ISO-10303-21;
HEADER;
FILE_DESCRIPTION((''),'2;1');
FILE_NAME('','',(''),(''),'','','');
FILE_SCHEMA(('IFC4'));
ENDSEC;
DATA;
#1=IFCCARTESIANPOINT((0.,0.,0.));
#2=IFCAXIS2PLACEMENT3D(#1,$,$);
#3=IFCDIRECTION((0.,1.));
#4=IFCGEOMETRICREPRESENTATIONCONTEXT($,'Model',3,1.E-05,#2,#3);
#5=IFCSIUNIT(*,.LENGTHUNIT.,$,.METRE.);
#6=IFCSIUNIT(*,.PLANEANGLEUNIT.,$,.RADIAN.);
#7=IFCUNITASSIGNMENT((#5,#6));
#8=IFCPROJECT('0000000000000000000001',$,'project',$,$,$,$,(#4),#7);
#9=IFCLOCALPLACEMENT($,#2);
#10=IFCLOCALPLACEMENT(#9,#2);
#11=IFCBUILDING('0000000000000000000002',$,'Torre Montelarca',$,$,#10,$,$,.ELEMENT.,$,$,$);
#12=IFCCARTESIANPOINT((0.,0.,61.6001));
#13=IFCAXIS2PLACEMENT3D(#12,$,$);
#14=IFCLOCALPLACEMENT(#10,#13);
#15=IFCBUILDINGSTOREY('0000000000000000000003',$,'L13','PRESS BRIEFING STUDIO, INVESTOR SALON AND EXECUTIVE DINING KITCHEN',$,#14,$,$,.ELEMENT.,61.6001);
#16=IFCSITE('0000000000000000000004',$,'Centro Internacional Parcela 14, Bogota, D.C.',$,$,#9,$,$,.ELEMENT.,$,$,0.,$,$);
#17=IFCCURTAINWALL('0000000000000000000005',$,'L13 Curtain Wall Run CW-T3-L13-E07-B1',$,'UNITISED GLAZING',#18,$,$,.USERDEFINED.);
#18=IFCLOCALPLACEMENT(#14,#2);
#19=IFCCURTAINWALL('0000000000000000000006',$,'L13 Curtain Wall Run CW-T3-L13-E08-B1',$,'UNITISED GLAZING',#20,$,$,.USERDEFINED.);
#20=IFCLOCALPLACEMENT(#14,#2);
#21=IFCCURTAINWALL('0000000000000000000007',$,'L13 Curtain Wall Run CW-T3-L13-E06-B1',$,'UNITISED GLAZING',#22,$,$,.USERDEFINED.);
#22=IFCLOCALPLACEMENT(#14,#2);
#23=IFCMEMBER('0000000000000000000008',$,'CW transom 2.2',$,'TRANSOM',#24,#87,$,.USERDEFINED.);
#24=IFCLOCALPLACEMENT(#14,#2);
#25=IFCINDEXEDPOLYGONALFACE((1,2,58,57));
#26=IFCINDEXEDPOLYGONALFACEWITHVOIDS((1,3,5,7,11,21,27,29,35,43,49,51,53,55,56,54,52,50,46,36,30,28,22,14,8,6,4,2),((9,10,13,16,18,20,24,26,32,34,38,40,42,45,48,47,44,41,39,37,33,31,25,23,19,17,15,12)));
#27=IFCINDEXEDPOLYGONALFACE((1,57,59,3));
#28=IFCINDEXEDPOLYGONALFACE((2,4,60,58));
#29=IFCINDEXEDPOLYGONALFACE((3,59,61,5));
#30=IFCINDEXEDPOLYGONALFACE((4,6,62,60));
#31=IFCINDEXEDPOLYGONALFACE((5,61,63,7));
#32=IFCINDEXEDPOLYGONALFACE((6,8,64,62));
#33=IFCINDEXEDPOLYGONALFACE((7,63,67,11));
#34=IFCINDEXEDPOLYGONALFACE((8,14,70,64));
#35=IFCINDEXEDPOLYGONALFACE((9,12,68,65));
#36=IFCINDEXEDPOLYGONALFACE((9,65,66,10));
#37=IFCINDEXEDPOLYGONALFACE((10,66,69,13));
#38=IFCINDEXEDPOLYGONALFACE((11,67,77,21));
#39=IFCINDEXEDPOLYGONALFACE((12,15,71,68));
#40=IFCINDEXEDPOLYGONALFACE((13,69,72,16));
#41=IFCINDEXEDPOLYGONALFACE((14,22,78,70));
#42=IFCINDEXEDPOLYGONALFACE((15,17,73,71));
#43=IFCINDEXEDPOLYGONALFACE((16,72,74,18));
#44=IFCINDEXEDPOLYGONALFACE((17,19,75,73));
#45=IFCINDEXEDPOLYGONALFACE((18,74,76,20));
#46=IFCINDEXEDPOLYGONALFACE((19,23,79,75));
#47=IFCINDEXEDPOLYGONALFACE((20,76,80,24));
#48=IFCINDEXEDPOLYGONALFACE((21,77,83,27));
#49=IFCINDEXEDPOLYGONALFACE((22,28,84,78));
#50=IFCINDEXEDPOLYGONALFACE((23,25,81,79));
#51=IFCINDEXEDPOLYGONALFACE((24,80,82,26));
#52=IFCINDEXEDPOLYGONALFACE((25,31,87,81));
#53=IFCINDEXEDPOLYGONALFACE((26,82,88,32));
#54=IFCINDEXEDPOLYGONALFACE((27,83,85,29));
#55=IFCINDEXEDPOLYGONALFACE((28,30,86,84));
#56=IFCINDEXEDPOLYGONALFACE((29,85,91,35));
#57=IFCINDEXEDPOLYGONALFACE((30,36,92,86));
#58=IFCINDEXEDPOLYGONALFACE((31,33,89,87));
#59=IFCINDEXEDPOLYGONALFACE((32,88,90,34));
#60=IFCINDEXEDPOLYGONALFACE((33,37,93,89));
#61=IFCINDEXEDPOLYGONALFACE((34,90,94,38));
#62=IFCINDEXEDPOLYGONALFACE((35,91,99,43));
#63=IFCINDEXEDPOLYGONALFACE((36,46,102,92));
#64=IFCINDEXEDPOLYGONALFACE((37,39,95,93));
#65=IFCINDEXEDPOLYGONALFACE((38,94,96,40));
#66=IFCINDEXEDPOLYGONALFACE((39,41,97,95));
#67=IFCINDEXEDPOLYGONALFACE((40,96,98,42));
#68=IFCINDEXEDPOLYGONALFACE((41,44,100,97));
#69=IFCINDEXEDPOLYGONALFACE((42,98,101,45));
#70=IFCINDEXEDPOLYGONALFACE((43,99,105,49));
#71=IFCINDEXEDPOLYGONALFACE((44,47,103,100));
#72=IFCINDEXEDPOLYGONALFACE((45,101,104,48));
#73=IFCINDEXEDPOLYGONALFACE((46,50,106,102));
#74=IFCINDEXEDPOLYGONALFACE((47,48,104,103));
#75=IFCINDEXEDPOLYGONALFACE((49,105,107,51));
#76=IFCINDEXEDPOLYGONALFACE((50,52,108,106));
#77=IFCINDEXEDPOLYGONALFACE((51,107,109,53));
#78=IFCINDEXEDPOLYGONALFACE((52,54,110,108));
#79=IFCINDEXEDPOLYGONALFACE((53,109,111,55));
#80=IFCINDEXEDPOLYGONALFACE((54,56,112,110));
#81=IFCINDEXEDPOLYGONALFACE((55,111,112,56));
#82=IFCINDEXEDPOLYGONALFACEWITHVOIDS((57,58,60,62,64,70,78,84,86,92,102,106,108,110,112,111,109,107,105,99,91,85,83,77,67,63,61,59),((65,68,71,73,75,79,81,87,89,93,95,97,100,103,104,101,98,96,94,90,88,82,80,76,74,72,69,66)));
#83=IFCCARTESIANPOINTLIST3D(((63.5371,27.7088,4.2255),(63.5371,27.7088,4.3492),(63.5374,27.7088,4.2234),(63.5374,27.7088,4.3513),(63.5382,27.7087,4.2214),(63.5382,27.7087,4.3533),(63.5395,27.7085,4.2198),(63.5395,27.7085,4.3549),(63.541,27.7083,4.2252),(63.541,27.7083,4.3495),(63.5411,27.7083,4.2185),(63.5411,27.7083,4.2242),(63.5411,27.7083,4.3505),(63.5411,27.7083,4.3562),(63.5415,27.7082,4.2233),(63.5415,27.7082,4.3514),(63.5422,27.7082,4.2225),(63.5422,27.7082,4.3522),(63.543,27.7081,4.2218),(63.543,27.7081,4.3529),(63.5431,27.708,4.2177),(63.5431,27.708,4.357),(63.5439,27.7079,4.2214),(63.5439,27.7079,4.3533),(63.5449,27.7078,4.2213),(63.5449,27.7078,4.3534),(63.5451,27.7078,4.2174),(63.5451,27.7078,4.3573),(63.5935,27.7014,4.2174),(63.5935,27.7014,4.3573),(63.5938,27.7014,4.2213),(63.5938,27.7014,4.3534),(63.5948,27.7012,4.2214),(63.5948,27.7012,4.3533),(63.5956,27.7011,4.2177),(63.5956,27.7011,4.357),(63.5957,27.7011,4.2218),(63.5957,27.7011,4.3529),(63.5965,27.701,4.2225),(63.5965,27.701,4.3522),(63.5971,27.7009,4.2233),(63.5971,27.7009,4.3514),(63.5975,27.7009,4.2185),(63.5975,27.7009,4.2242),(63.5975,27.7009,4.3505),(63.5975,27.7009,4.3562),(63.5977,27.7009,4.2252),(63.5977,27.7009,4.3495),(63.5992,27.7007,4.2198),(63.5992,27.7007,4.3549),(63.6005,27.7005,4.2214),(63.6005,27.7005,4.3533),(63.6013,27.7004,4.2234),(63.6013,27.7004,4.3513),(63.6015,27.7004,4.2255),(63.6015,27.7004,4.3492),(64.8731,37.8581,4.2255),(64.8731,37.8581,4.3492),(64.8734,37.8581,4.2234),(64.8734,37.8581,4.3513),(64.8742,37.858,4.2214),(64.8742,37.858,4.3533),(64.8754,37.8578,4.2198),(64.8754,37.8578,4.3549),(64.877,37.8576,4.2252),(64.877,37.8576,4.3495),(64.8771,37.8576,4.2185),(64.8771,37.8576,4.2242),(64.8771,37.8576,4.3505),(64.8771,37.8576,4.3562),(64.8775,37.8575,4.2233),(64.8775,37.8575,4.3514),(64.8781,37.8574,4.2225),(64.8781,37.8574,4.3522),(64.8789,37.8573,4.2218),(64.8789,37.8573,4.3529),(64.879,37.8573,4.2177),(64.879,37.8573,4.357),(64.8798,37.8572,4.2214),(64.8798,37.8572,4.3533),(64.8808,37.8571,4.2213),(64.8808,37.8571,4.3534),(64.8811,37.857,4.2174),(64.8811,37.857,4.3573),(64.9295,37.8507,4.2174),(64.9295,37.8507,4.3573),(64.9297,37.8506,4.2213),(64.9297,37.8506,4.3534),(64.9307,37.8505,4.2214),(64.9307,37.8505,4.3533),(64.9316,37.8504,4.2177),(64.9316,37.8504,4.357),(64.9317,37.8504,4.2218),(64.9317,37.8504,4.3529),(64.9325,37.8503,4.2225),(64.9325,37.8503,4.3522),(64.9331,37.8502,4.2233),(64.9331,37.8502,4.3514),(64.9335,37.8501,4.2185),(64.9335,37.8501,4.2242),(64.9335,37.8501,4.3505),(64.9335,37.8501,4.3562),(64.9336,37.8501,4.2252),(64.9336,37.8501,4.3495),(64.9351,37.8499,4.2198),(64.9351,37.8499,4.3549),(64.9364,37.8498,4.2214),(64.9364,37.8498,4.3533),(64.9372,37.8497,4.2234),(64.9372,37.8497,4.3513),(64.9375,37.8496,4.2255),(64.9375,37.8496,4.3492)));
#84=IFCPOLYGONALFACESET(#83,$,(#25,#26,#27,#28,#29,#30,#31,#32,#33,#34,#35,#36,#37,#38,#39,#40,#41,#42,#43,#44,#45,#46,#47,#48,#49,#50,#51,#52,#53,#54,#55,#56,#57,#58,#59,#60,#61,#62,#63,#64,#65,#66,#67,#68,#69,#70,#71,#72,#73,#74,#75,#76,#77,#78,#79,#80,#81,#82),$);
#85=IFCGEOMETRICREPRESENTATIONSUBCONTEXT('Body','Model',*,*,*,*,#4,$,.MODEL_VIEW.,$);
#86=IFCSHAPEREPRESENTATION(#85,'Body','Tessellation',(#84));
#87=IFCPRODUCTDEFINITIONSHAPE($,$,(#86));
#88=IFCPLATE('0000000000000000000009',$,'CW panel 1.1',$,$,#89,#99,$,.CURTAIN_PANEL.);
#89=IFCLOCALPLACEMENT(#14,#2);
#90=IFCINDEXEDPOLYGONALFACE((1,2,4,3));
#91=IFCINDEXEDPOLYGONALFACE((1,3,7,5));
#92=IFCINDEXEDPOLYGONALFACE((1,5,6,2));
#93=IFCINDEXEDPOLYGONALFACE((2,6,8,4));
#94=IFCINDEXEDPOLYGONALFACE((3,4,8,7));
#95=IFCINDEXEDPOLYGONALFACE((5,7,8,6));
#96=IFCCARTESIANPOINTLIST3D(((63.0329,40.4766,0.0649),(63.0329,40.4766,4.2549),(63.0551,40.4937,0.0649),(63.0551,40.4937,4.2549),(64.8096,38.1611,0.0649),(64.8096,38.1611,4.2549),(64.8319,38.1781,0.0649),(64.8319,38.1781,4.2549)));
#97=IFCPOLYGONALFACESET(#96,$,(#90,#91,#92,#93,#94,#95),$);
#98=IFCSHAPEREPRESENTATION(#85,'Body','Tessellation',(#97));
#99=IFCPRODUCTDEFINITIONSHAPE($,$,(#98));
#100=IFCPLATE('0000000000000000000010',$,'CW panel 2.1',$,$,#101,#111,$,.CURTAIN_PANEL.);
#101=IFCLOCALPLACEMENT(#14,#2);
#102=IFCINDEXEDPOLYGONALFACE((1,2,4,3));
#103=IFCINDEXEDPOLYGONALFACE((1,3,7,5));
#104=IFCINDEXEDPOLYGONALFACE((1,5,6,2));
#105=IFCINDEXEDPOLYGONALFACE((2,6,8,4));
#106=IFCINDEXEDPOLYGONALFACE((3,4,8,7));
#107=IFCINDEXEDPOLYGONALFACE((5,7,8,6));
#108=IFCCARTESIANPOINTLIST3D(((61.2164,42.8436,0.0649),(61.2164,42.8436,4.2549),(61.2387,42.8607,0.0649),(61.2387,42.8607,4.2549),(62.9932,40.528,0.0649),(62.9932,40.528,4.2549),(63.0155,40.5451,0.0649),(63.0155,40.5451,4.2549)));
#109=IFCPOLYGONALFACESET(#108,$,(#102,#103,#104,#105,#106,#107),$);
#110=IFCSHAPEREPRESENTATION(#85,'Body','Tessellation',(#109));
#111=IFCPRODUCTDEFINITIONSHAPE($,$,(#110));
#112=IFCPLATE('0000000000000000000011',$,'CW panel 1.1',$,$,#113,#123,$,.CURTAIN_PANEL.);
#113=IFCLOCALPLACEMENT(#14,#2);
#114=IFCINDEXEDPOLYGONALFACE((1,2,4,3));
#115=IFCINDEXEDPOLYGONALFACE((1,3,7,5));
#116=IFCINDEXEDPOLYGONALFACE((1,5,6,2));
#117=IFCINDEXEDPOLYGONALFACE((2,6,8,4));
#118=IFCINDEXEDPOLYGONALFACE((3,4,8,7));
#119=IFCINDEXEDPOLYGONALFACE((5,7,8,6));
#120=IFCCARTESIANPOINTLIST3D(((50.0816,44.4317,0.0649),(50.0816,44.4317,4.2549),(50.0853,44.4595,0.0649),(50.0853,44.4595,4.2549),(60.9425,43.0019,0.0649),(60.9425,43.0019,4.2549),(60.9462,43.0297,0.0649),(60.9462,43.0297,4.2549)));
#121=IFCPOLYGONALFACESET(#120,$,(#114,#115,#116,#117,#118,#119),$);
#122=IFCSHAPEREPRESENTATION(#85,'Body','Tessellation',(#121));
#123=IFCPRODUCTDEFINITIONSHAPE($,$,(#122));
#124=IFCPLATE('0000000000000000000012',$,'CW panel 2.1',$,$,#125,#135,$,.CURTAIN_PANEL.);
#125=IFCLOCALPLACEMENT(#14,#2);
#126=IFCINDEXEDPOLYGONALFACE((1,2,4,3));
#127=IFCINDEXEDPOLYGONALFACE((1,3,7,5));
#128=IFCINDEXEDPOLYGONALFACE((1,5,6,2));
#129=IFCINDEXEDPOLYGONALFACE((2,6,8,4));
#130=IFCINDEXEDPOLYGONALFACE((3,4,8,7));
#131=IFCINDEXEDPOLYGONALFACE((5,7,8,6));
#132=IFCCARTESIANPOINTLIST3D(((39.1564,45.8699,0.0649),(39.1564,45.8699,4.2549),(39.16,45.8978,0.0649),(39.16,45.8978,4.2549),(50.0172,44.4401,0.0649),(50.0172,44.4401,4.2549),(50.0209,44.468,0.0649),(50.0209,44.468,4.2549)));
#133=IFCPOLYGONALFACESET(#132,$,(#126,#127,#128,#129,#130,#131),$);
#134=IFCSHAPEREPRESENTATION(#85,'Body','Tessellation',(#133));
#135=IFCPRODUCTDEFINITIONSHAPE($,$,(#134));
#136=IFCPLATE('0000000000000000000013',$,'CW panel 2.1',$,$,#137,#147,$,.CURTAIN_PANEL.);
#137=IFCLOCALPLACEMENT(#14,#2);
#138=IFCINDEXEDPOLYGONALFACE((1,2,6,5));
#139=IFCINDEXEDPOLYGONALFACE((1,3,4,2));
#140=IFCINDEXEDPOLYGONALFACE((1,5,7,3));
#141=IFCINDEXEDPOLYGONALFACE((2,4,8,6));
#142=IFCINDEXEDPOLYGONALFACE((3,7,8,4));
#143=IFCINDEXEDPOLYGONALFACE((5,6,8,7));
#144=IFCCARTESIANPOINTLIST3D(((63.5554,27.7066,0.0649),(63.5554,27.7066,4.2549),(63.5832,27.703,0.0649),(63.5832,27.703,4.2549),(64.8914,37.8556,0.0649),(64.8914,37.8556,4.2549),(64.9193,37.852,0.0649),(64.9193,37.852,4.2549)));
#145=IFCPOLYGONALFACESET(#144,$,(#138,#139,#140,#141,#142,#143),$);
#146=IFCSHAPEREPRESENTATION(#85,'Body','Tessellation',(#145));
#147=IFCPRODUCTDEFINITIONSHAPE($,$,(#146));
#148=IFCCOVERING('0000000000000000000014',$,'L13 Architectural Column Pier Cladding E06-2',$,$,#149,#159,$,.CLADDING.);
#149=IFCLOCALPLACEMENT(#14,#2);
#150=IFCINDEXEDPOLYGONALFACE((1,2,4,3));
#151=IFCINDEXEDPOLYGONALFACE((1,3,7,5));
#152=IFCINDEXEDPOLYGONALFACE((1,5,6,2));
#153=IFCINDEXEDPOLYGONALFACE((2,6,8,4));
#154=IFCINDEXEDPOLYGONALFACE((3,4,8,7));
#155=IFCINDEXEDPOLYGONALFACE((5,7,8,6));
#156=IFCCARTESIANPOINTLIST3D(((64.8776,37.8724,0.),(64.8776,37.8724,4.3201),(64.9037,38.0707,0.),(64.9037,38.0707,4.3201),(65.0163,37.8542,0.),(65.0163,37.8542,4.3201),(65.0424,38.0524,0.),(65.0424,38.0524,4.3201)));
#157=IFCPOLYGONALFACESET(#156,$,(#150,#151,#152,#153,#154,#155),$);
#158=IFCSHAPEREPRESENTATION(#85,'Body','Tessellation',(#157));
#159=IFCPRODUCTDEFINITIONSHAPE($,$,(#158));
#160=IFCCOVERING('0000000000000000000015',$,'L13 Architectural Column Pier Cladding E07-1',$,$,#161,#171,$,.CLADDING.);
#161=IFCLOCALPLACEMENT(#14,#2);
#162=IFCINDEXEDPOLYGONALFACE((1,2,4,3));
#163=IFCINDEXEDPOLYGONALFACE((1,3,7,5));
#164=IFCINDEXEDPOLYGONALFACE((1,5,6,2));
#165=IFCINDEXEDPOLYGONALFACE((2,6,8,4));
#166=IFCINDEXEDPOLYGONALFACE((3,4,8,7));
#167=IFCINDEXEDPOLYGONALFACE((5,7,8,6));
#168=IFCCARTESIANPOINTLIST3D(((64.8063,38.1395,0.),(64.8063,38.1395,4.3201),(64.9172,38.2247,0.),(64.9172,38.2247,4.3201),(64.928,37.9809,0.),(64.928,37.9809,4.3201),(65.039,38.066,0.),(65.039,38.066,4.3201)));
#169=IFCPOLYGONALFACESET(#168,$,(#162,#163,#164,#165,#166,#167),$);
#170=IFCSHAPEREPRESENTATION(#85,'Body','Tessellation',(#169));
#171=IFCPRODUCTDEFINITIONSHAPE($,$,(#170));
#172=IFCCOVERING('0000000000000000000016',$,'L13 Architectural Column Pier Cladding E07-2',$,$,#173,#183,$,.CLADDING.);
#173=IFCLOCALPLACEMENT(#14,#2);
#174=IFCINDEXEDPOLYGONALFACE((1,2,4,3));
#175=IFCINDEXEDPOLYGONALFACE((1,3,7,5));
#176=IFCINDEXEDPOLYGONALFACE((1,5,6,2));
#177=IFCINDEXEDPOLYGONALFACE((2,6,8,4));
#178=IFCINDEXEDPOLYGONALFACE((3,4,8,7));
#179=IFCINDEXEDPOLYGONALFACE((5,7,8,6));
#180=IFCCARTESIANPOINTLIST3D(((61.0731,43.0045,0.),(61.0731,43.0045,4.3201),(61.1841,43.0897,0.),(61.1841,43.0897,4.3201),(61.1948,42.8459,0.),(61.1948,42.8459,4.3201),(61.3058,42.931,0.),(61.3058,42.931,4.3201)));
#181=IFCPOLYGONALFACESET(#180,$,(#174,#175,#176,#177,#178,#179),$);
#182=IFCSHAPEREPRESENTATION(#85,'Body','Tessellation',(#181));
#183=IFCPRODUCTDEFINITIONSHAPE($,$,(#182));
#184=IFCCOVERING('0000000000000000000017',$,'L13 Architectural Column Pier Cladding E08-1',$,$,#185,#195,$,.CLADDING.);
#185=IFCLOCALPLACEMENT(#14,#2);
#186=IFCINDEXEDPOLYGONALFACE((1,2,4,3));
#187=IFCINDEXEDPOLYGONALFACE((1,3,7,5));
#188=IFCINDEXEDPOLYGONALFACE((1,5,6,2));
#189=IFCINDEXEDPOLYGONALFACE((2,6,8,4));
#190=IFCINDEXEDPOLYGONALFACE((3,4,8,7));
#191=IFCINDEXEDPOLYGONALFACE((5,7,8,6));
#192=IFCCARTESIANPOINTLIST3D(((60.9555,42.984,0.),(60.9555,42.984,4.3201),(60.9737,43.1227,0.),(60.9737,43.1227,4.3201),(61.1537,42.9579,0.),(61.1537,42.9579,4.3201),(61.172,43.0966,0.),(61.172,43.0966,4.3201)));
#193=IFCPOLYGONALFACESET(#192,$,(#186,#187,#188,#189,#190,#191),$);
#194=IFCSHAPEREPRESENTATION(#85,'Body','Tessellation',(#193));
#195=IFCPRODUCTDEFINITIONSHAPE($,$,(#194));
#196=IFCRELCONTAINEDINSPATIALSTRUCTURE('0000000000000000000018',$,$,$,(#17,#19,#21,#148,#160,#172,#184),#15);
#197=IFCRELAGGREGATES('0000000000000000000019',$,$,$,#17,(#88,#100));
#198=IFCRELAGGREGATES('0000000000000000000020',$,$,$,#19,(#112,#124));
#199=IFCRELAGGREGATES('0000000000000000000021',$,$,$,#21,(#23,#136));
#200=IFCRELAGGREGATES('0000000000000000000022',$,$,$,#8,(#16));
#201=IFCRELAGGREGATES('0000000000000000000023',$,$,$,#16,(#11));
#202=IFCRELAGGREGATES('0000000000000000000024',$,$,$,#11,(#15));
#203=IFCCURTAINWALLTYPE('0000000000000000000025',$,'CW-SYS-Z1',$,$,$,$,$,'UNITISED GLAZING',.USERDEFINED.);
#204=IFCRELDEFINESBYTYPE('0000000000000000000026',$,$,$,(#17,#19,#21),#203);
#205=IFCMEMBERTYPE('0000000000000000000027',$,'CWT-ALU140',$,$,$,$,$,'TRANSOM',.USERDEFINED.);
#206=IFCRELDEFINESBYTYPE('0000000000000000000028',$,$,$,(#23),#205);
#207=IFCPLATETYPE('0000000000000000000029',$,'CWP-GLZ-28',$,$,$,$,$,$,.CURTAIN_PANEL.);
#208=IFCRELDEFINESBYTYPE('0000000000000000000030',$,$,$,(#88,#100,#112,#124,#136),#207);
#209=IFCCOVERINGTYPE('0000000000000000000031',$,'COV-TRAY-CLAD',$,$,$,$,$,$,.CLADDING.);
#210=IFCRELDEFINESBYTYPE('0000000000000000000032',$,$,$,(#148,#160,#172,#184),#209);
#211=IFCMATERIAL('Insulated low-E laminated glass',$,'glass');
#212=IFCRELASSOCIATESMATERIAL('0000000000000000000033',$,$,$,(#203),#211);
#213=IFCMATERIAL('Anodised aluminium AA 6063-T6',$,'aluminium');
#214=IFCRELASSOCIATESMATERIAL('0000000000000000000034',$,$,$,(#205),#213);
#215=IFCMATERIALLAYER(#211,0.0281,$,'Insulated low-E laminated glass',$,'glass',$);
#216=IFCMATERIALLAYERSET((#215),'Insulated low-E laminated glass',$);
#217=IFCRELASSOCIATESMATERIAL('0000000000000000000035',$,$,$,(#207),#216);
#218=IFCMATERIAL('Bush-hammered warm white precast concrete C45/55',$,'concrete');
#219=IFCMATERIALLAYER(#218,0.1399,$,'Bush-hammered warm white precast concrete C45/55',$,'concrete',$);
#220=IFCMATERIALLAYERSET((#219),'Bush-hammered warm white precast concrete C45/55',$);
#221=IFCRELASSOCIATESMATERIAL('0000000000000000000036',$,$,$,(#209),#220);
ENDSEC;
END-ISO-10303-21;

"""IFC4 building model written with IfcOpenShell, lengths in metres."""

from ifc_helpers import new_model, si_unit, direction, frame, origin, origin_2d, place, context, subcontext, project, spatial, rectangle, hollow_rectangle, extrude, source, transform, mapped, material, layer, layer_set, material_profile, profile_set, type_object, element, aggregate, save


model = new_model("IFC4")

# Units and contexts
model_context = context("Model", 3, precision=1e-05, world=origin(), true_north=direction((0.0, 1.0)))
body_context = subcontext(model_context, "Body", "Model", "MODEL_VIEW")
ifc_project = project(units=[si_unit("LENGTHUNIT", "METRE"), si_unit("PLANEANGLEUNIT", "RADIAN")], contexts=[model_context])

# Site, building, storey
site_placement = place(None, origin())
site = spatial("IfcSite", under=ifc_project, at=site_placement, Name="Centro Internacional Parcela 14, Bogota, D.C.", CompositionType="ELEMENT", RefElevation=0.0)
building_placement = place(site_placement, origin())
building = spatial("IfcBuilding", under=site, at=building_placement, Name="Torre Montelarca", CompositionType="ELEMENT")
storey_placement = place(building_placement, frame((0.0, 0.0, 61.6001)))
storey = spatial("IfcBuildingStorey", under=building, at=storey_placement, Name="L13", Description="PRESS BRIEFING STUDIO, INVESTOR SALON AND EXECUTIVE DINING KITCHEN", CompositionType="ELEMENT", Elevation=61.6001)

# Curtain walls
ifc_material_1 = material(Name="Insulated low-E laminated glass", Category="glass")
curtain_wall_type = type_object("IfcCurtainWallType", Name="CW-SYS-Z1", ElementType="UNITISED GLAZING", PredefinedType="USERDEFINED", material=ifc_material_1)
curtain_wall_1_placement = place(storey_placement, origin())
curtain_wall_1 = element("IfcCurtainWall", 1, at=curtain_wall_1_placement, inside=storey, type_object=curtain_wall_type, Name="L13 Curtain Wall Run CW-T3-L13-E07-B1", ObjectType="UNITISED GLAZING", PredefinedType="USERDEFINED")
ifc_material_2 = material(Name="Anodised aluminium AA 6063-T6", Category="aluminium")
ifc_material_profile_1 = material_profile(ifc_material_2, hollow_rectangle(XDim=0.0649, YDim=0.1399, WallThickness=0.0039, InnerFilletRadius=0.0039, OuterFilletRadius=0.0081, at=origin_2d()), Name="ALU65X140X4", Category="aluminium")
ifc_profile_set_1 = profile_set([ifc_material_profile_1], Name="Anodised aluminium AA 6063-T6")
member_type_1 = type_object("IfcMemberType", Name="CWT-ALU140", ElementType="TRANSOM", PredefinedType="USERDEFINED", material=ifc_profile_set_1)
curtain_wall_2_placement = place(storey_placement, origin())
curtain_wall_2 = element("IfcCurtainWall", 2, at=curtain_wall_2_placement, inside=storey, type_object=curtain_wall_type, Name="L13 Curtain Wall Run CW-T3-L13-E08-B1", ObjectType="UNITISED GLAZING", PredefinedType="USERDEFINED")
curtain_wall_3_placement = place(storey_placement, origin())
curtain_wall_3 = element("IfcCurtainWall", 3, at=curtain_wall_3_placement, inside=storey, type_object=curtain_wall_type, Name="L13 Curtain Wall Run CW-T3-L13-E06-B1", ObjectType="UNITISED GLAZING", PredefinedType="USERDEFINED")

# Member
shared_shape_1 = source(origin(), body_context, "Body", "SweptSolid", [
    extrude(hollow_rectangle(XDim=0.0649, YDim=0.1399, WallThickness=0.0039, InnerFilletRadius=0.0039, OuterFilletRadius=0.0081, at=origin_2d()), origin(), (0.0, 0.0, 1.0), 10.2368),
])
member_1_placement = place(storey_placement, frame((63.5693, 27.7046, 4.2874), z_axis=(0.130504, 0.991448, 0.0), x_axis=(-0.991448, 0.130504, 0.0)))
member_1 = element("IfcMember", 4, at=member_1_placement, type_object=member_type_1, Name="CW transom 2.2", ObjectType="TRANSOM", PredefinedType="USERDEFINED", context=body_context, shape_type="MappedRepresentation", body=[
    mapped(shared_shape_1, transform((0.0, 0.0, 0.0), scale=1.0)),
])

# Plates
ifc_layer_1 = layer(ifc_material_1, 0.0281, Name="Insulated low-E laminated glass", Category="glass")
ifc_layer_set_1 = layer_set([ifc_layer_1], Name="Insulated low-E laminated glass")
plate_type = type_object("IfcPlateType", Name="CWP-GLZ-28", PredefinedType="CURTAIN_PANEL", material=ifc_layer_set_1)
shared_shape_2 = source(origin(), body_context, "Body", "SweptSolid", [
    extrude(rectangle(XDim=2.9187, YDim=0.0281, at=origin_2d()), origin(), (0.0, 0.0, 1.0), 4.1899),
])
plate_1_placement = place(storey_placement, frame((63.9324, 39.3274, 0.0649), z_axis=(0.0, 0.0, 1.0), x_axis=(-0.608754, 0.793359, 0.0)))
plate_1 = element("IfcPlate", 5, at=plate_1_placement, type_object=plate_type, Name="CW panel 1.1", PredefinedType="CURTAIN_PANEL", context=body_context, shape_type="MappedRepresentation", body=[
    mapped(shared_shape_2, transform((0.0, 0.0, 0.0), scale=1.0)),
])
plate_2_placement = place(storey_placement, frame((62.116, 41.6943, 0.0649), z_axis=(0.0, 0.0, 1.0), x_axis=(-0.608754, 0.793359, 0.0)))
plate_2 = element("IfcPlate", 6, at=plate_2_placement, type_object=plate_type, Name="CW panel 2.1", PredefinedType="CURTAIN_PANEL", context=body_context, shape_type="MappedRepresentation", body=[
    mapped(shared_shape_2, transform((0.0, 0.0, 0.0), scale=1.0)),
])
aggregate(curtain_wall_1, [plate_1, plate_2])
shared_shape_3 = source(origin(), body_context, "Body", "SweptSolid", [
    extrude(rectangle(XDim=10.9546, YDim=0.0281, at=origin_2d()), origin(), (0.0, 0.0, 1.0), 4.1899),
])
plate_3_placement = place(storey_placement, frame((55.5139, 43.7307, 0.0649), z_axis=(0.0, 0.0, 1.0), x_axis=(-0.991445, 0.130523, 0.0)))
plate_3 = element("IfcPlate", 7, at=plate_3_placement, type_object=plate_type, Name="CW panel 1.1", PredefinedType="CURTAIN_PANEL", context=body_context, shape_type="MappedRepresentation", body=[
    mapped(shared_shape_3, transform((0.0, 0.0, 0.0), scale=1.0)),
])
plate_4_placement = place(storey_placement, frame((44.5886, 45.1689, 0.0649), z_axis=(0.0, 0.0, 1.0), x_axis=(-0.991445, 0.130523, 0.0)))
plate_4 = element("IfcPlate", 8, at=plate_4_placement, type_object=plate_type, Name="CW panel 2.1", PredefinedType="CURTAIN_PANEL", context=body_context, shape_type="MappedRepresentation", body=[
    mapped(shared_shape_3, transform((0.0, 0.0, 0.0), scale=1.0)),
])
aggregate(curtain_wall_2, [plate_3, plate_4])
shared_shape_4 = source(origin(), body_context, "Body", "SweptSolid", [
    extrude(rectangle(XDim=10.2366, YDim=0.0281, at=origin_2d()), origin(), (0.0, 0.0, 1.0), 4.1899),
])
plate_5_placement = place(storey_placement, frame((64.2373, 32.7793, 0.0649), z_axis=(0.0, 0.0, 1.0), x_axis=(0.130519, 0.991446, 0.0)))
plate_5 = element("IfcPlate", 9, at=plate_5_placement, type_object=plate_type, Name="CW panel 2.1", PredefinedType="CURTAIN_PANEL", context=body_context, shape_type="MappedRepresentation", body=[
    mapped(shared_shape_4, transform((0.0, 0.0, 0.0), scale=1.0)),
])
aggregate(curtain_wall_3, [member_1, plate_5])

# Coverings
ifc_material_3 = material(Name="Bush-hammered warm white precast concrete C45/55", Category="concrete")
ifc_layer_2 = layer(ifc_material_3, 0.1399, Name="Bush-hammered warm white precast concrete C45/55", Category="concrete")
ifc_layer_set_2 = layer_set([ifc_layer_2], Name="Bush-hammered warm white precast concrete C45/55")
covering_type = type_object("IfcCoveringType", Name="COV-TRAY-CLAD", PredefinedType="CLADDING", material=ifc_layer_set_2)
shared_shape_5 = source(origin(), body_context, "Body", "SweptSolid", [
    extrude(rectangle(XDim=0.2, YDim=0.1399, at=origin_2d()), origin(), (0.0, 0.0, 1.0), 4.3201),
])
for number, where, z_axis, x_axis, name in (
    (10, (64.96, 37.9624, 0.0), (0.0, 0.0, 1.0), (0.130524, 0.991445, 0.0), "L13 Architectural Column Pier Cladding E06-2"),
    (11, (64.9226, 38.1028, 0.0), (0.0, 0.0, 1.0), (-0.608764, 0.793351, 0.0), "L13 Architectural Column Pier Cladding E07-1"),
    (12, (61.1895, 42.9678, 0.0), (0.0, 0.0, 1.0), (-0.608764, 0.793351, 0.0), "L13 Architectural Column Pier Cladding E07-2"),
    (13, (61.0637, 43.0403, 0.0), (0.0, 0.0, 1.0), (-0.991445, 0.130526, 0.0), "L13 Architectural Column Pier Cladding E08-1"),
):
    element("IfcCovering", number, at=place(storey_placement, frame(where, z_axis=z_axis, x_axis=x_axis)), inside=storey, type_object=covering_type, Name=name, PredefinedType="CLADDING", context=body_context, shape_type="MappedRepresentation", body=[
        mapped(shared_shape_5, transform((0.0, 0.0, 0.0), scale=1.0)),
    ])

save(model, "model.ifc")
